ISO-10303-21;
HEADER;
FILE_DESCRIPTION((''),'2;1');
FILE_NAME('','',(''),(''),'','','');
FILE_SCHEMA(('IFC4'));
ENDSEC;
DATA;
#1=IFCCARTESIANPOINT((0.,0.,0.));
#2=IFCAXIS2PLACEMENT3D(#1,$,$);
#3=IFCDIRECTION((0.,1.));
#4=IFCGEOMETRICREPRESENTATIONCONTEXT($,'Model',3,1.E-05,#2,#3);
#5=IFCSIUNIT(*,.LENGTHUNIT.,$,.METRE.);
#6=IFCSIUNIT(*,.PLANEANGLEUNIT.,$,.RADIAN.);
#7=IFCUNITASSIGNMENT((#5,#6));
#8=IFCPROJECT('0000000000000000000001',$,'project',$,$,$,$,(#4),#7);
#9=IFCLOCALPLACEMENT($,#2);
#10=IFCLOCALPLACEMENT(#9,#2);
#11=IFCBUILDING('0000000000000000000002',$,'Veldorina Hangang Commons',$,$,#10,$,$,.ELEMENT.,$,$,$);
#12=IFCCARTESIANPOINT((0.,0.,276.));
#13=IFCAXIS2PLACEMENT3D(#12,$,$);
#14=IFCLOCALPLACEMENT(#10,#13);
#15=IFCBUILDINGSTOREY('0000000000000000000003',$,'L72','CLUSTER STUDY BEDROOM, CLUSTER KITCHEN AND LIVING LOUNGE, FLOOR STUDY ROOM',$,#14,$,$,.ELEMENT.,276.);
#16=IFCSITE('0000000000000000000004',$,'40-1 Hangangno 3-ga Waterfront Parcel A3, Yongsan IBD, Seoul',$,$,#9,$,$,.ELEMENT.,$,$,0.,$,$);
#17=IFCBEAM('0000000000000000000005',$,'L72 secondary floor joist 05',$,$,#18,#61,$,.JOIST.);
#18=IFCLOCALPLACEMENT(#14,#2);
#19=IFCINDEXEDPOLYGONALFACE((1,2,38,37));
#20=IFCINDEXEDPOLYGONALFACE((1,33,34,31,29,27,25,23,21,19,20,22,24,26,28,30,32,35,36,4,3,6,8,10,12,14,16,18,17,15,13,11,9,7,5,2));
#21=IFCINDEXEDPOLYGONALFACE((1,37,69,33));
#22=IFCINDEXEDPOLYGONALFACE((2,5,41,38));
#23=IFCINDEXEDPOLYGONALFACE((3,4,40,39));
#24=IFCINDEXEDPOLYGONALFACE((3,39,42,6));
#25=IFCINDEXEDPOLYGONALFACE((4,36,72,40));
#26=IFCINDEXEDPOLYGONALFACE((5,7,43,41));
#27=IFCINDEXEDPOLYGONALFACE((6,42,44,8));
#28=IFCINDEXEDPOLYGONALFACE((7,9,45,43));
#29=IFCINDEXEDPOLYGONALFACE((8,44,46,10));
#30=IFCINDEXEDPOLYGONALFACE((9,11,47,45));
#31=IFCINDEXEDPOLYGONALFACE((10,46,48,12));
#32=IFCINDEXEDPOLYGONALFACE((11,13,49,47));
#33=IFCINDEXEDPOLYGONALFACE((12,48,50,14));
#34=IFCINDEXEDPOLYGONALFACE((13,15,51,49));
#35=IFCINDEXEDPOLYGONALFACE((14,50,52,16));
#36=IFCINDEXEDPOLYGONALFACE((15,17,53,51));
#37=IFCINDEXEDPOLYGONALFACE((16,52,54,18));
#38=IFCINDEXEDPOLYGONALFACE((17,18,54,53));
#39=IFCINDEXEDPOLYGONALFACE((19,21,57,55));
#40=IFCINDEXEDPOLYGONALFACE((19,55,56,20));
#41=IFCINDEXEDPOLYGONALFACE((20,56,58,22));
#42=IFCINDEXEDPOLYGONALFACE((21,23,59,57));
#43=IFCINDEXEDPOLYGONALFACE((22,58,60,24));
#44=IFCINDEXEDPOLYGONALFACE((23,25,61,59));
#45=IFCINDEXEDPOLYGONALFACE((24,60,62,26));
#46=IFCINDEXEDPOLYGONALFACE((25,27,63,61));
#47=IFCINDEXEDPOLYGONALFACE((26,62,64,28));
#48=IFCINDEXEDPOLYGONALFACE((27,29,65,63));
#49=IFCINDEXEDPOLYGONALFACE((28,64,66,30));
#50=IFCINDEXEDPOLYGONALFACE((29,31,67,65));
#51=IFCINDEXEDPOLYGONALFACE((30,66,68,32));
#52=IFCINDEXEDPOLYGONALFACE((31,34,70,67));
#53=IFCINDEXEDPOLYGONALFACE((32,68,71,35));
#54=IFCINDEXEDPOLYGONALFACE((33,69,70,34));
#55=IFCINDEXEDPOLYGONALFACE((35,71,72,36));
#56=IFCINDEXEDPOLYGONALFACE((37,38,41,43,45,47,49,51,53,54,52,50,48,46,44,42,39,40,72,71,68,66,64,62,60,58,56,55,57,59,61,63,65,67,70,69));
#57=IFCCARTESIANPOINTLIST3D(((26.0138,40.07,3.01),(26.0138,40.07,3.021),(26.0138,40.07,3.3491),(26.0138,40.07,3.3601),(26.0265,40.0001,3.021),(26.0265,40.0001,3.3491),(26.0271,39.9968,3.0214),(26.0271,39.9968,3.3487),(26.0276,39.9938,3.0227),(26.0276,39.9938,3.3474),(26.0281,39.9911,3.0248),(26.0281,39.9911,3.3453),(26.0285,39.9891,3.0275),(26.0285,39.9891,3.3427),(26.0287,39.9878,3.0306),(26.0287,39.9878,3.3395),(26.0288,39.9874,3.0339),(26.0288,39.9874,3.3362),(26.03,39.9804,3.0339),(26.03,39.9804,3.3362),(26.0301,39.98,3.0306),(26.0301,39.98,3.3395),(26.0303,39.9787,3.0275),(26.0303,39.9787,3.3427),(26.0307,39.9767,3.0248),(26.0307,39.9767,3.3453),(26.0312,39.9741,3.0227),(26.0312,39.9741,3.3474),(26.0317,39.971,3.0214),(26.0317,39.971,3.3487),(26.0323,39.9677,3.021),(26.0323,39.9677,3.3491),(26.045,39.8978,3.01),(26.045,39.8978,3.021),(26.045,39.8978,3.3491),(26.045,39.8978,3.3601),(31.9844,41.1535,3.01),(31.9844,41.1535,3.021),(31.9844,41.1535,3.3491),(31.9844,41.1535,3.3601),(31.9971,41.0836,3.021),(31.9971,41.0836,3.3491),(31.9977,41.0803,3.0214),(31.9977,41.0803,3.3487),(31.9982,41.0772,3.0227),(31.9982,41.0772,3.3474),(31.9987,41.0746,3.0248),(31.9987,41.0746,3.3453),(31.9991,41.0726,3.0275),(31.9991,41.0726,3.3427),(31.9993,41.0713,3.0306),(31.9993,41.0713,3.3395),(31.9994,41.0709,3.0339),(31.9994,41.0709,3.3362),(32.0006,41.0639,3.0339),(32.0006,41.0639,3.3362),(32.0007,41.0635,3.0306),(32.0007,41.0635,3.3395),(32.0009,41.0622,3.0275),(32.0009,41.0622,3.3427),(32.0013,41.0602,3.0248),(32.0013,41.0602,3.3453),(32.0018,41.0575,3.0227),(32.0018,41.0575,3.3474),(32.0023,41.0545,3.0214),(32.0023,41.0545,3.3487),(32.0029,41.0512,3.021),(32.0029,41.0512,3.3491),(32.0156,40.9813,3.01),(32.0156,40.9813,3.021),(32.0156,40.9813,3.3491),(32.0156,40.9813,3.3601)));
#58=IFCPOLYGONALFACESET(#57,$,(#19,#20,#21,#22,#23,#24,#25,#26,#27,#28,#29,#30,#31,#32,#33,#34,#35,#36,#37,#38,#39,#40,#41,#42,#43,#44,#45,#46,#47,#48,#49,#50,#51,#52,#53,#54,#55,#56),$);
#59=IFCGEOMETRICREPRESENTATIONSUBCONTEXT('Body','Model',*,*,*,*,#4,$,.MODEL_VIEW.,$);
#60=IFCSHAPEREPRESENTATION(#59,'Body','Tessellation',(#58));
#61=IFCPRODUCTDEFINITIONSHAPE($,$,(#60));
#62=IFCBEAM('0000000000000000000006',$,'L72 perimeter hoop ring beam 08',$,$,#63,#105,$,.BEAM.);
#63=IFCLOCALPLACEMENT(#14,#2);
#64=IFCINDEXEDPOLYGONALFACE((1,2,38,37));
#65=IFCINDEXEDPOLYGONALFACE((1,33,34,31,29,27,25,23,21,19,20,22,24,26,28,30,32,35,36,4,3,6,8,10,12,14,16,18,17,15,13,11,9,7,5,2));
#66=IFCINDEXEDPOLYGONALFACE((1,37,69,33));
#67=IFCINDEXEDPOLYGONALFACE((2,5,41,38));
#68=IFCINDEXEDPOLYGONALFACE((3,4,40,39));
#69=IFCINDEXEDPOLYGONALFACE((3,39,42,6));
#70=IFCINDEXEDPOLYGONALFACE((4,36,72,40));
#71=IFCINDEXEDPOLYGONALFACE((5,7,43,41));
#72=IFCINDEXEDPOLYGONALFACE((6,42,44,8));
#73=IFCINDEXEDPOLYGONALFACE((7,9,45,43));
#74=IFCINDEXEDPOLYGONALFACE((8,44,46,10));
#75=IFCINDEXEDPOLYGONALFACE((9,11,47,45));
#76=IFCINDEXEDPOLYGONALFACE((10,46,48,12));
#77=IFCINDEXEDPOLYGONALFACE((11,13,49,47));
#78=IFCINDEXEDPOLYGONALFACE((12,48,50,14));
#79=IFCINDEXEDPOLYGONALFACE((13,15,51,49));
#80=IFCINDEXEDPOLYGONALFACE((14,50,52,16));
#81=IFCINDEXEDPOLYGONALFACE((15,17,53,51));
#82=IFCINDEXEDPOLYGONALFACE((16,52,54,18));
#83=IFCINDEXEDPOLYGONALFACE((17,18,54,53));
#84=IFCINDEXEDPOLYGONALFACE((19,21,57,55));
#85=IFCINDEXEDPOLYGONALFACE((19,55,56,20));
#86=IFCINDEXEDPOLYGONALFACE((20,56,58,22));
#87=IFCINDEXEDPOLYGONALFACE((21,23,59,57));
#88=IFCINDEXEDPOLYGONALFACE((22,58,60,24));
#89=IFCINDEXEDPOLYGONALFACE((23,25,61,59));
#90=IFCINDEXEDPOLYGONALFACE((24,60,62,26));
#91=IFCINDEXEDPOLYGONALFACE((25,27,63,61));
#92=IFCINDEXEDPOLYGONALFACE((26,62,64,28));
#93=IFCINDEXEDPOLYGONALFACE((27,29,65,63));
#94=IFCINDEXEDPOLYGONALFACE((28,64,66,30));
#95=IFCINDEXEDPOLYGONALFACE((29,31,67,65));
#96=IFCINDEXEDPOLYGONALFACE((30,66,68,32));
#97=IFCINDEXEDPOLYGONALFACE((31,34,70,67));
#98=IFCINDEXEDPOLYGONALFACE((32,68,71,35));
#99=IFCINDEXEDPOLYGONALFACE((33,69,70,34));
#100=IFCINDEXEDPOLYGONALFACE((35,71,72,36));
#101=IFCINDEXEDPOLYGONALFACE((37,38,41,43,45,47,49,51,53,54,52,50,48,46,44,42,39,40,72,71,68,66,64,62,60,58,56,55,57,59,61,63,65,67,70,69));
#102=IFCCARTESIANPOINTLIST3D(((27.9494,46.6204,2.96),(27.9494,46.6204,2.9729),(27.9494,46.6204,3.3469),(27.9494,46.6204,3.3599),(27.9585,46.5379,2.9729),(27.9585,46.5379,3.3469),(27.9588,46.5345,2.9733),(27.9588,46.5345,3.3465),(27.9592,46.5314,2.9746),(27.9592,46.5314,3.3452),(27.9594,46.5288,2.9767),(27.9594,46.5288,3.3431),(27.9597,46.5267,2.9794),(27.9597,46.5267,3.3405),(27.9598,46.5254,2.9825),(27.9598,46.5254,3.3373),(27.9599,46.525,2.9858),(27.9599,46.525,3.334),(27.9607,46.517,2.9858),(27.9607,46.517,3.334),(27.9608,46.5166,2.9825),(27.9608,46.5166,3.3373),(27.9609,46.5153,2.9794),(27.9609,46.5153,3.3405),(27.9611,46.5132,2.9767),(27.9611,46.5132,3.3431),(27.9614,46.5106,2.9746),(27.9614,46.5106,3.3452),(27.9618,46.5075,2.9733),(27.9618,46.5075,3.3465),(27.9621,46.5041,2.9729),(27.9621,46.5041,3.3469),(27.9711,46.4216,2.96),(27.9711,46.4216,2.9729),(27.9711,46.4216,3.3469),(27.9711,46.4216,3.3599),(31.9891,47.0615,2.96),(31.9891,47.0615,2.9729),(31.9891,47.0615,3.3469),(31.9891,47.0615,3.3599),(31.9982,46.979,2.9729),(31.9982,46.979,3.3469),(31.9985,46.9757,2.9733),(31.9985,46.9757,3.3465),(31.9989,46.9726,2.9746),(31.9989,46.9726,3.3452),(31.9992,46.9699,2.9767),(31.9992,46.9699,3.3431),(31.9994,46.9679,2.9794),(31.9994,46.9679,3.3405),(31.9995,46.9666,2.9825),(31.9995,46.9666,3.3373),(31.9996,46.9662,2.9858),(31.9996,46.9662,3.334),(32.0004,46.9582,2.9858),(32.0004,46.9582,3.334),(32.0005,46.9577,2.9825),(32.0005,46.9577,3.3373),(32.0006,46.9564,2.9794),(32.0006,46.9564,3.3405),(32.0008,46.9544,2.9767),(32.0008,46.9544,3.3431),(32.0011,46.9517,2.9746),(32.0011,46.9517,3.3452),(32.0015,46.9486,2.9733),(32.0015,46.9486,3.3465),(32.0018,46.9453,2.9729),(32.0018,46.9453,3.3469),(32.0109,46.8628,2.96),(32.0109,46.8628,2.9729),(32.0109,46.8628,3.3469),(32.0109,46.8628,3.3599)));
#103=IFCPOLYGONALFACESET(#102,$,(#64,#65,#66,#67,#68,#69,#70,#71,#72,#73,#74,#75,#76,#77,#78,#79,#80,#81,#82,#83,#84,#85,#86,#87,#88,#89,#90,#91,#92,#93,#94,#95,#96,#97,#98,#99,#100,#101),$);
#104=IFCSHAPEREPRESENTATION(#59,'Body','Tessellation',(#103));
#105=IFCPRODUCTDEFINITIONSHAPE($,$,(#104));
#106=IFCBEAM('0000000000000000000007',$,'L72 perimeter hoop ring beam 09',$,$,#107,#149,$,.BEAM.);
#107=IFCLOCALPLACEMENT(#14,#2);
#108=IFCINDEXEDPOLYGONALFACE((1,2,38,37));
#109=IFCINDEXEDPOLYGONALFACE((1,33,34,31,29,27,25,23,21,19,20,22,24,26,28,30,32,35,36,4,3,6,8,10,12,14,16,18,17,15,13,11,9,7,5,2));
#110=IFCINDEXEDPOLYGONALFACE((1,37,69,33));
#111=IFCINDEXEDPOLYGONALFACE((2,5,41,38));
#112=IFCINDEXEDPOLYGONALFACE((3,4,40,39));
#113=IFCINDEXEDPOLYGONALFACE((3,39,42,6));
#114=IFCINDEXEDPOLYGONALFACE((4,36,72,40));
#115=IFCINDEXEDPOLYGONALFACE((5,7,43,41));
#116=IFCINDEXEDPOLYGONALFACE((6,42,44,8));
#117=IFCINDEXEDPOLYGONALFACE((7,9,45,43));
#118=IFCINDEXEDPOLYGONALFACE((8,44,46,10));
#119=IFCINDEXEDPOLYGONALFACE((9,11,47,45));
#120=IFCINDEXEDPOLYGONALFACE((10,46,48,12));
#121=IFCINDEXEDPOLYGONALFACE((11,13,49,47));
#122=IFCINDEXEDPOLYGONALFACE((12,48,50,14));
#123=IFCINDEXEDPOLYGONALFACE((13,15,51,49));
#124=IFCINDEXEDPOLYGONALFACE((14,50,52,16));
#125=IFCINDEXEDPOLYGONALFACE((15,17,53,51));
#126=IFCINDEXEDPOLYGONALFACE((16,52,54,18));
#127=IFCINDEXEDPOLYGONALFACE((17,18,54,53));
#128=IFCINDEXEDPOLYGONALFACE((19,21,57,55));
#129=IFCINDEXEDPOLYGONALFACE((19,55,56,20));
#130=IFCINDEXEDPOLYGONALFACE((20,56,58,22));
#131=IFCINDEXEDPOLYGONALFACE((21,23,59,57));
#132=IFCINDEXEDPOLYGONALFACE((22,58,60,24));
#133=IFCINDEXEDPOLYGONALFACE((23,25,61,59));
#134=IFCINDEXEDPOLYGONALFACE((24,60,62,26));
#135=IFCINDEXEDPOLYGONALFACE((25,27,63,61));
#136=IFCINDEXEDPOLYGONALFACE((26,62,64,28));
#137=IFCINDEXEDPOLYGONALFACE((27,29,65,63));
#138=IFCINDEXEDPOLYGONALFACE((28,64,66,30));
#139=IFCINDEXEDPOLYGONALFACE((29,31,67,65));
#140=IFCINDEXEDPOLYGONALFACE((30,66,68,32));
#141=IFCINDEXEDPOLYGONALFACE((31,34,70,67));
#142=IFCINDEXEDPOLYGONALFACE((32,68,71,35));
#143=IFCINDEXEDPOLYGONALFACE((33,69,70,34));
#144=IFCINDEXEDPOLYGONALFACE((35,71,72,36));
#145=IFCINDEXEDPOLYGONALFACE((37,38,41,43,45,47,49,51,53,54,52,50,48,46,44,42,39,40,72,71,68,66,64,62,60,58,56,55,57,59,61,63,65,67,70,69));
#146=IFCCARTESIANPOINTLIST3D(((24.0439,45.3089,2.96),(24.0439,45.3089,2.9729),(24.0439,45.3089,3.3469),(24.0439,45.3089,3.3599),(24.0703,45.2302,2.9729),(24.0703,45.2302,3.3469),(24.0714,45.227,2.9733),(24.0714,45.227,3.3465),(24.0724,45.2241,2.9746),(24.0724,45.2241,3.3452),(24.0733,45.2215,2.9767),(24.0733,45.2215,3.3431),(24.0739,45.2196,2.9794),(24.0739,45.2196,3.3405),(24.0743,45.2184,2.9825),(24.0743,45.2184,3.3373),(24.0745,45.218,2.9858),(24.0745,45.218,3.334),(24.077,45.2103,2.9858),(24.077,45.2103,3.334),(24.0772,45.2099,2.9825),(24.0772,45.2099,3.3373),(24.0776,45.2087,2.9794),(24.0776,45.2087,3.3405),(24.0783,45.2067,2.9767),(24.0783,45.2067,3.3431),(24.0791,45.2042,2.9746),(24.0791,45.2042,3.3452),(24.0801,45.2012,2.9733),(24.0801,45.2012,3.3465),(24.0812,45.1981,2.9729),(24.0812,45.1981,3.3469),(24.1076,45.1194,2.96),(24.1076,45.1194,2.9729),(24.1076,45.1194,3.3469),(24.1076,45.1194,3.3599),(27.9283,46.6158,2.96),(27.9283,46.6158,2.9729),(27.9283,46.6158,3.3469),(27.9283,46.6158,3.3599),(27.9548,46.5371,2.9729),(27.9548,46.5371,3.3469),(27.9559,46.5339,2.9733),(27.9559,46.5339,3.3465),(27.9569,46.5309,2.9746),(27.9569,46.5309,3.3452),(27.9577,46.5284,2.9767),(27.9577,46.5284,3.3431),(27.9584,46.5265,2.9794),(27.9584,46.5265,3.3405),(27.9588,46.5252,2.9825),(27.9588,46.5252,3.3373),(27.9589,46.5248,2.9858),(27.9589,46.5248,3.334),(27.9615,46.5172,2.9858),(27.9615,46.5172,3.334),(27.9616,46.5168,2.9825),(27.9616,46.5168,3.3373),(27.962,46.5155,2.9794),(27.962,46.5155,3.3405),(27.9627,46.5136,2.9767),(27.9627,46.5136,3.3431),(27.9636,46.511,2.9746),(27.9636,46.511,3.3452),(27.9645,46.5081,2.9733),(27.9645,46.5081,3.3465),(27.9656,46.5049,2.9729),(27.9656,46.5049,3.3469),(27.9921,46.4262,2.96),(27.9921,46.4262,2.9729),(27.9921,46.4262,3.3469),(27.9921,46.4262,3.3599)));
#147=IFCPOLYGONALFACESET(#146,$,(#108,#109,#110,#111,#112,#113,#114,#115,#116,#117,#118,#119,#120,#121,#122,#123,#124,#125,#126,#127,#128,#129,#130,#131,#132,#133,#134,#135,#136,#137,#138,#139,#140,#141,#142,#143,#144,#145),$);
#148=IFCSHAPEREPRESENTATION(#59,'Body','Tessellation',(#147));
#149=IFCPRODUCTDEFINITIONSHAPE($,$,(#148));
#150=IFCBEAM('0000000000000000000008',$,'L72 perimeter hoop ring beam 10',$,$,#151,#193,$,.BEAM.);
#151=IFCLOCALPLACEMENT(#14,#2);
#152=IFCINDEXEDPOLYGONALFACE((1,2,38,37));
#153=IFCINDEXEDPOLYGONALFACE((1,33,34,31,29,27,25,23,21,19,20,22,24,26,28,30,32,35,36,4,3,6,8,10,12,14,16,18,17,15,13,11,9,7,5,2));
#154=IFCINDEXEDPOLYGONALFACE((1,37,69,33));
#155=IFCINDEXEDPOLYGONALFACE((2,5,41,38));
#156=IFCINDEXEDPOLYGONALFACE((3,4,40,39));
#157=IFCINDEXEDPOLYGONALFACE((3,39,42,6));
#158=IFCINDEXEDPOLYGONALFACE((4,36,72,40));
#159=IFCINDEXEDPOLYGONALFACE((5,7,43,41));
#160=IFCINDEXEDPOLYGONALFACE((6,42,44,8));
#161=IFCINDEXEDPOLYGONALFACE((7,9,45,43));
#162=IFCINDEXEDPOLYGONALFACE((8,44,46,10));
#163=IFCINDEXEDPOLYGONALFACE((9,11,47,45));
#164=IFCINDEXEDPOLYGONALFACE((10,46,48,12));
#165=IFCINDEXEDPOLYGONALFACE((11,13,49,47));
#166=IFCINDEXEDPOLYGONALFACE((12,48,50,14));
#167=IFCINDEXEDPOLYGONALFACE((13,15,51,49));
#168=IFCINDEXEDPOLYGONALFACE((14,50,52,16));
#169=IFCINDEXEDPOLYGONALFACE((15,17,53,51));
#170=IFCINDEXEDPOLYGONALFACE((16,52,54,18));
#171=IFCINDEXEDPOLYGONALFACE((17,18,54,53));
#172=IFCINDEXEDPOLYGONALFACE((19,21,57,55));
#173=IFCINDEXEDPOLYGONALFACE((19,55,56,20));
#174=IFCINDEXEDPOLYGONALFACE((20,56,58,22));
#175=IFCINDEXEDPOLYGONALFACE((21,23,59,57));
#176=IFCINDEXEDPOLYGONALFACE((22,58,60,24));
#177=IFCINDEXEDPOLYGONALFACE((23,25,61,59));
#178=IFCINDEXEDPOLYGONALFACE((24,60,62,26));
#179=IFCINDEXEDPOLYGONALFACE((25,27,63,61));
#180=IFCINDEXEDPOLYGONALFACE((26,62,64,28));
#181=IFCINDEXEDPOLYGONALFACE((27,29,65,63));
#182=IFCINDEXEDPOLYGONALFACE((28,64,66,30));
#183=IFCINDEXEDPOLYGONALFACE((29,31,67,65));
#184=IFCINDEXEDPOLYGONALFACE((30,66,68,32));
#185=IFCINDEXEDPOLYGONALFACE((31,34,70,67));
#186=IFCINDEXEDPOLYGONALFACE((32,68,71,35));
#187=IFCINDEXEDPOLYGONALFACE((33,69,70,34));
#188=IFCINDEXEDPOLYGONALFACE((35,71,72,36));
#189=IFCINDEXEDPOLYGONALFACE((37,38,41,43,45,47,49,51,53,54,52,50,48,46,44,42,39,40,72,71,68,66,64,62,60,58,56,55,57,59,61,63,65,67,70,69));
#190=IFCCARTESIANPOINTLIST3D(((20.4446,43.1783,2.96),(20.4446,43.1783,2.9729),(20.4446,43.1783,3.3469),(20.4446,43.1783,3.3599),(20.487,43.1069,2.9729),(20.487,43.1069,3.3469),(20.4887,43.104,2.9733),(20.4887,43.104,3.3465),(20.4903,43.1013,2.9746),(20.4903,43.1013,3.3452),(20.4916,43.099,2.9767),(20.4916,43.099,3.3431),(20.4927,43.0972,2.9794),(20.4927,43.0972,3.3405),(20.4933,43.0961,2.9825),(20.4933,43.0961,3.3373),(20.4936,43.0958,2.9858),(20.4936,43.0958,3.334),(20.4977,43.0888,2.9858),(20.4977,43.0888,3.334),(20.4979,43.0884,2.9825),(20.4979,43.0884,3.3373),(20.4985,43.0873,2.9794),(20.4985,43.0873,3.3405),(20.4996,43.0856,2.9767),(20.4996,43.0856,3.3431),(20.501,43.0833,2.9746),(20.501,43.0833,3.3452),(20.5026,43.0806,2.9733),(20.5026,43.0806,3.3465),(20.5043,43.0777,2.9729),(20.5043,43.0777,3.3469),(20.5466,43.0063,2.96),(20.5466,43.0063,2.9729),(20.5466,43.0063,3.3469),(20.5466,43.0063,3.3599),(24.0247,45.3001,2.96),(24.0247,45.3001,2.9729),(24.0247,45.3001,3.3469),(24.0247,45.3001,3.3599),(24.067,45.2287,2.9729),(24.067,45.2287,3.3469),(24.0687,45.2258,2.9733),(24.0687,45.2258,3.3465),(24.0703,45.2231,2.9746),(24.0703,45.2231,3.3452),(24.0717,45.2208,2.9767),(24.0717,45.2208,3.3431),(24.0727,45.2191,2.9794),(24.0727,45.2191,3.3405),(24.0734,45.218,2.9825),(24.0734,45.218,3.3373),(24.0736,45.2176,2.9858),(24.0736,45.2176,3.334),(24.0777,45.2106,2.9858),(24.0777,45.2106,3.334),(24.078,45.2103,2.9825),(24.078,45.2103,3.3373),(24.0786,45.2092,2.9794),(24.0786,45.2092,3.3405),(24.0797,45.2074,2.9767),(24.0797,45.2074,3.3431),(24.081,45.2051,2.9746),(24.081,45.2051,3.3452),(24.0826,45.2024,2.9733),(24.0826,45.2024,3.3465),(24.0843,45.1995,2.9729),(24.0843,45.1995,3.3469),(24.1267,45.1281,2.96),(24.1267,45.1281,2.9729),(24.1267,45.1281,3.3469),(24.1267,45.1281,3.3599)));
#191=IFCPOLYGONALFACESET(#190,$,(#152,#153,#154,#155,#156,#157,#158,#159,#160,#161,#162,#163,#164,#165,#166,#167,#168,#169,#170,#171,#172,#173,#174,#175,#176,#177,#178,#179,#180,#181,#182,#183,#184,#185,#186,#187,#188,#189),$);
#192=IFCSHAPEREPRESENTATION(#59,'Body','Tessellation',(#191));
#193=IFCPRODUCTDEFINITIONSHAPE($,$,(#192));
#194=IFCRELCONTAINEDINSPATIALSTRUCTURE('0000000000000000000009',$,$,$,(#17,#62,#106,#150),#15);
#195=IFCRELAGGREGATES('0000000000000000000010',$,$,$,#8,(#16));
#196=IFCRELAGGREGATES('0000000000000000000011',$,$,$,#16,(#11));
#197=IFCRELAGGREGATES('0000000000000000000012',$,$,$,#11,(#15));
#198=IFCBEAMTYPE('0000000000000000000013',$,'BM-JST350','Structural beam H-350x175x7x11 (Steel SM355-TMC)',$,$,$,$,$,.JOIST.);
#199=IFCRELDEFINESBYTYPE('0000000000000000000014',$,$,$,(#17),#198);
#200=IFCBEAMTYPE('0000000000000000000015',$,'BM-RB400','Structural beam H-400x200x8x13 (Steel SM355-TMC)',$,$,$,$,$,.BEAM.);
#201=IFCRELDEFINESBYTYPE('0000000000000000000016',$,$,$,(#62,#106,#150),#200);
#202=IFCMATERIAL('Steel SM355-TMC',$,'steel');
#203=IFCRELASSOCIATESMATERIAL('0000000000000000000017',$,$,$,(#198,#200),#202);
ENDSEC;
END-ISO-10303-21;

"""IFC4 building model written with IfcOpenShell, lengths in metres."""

from ifc_helpers import new_model, si_unit, direction, frame, origin, origin_2d, place, context, subcontext, project, spatial, i_section, extrude, material, material_profile, profile_set, type_object, element, save


model = new_model("IFC4")

# Units and contexts
model_context = context("Model", 3, precision=1e-05, world=origin(), true_north=direction((0.0, 1.0)))
body_context = subcontext(model_context, "Body", "Model", "MODEL_VIEW")
ifc_project = project(units=[si_unit("LENGTHUNIT", "METRE"), si_unit("PLANEANGLEUNIT", "RADIAN")], contexts=[model_context])

# Site, building, storey
site_placement = place(None, origin())
site = spatial("IfcSite", under=ifc_project, at=site_placement, Name="40-1 Hangangno 3-ga Waterfront Parcel A3, Yongsan IBD, Seoul", CompositionType="ELEMENT", RefElevation=0.0)
building_placement = place(site_placement, origin())
building = spatial("IfcBuilding", under=site, at=building_placement, Name="Veldorina Hangang Commons", CompositionType="ELEMENT")
storey_placement = place(building_placement, frame((0.0, 0.0, 276.0)))
storey = spatial("IfcBuildingStorey", under=building, at=storey_placement, Name="L72", Description="CLUSTER STUDY BEDROOM, CLUSTER KITCHEN AND LIVING LOUNGE, FLOOR STUDY ROOM", CompositionType="ELEMENT", Elevation=276.0)

# Beams
ifc_material_1 = material(Name="Steel SM355-TMC", Category="steel")
ifc_material_profile_1 = material_profile(ifc_material_1, i_section(OverallWidth=0.175, OverallDepth=0.3501, WebThickness=0.0071, FlangeThickness=0.011, FilletRadius=0.0129, at=origin_2d()), Name="H-350x175x7x11")
ifc_profile_set_1 = profile_set([ifc_material_profile_1], Name="Steel SM355-TMC")
beam_type_1 = type_object("IfcBeamType", Name="BM-JST350", Description="Structural beam H-350x175x7x11 (Steel SM355-TMC)", PredefinedType="JOIST", material=ifc_profile_set_1)
beam_1_placement = place(storey_placement, frame((32.0, 41.0674, 3.1851), z_axis=(-0.98393, -0.178553, 0.0), x_axis=(0.178553, -0.98393, 0.0)))
element("IfcBeam", 1, at=beam_1_placement, inside=storey, type_object=beam_type_1, Name="L72 secondary floor joist 05", PredefinedType="JOIST", context=body_context, shape_type="SweptSolid", body=[
    extrude(i_section(OverallWidth=0.175, OverallDepth=0.3501, WebThickness=0.0071, FlangeThickness=0.011, FilletRadius=0.0129, at=origin_2d()), origin(), (0.0, 0.0, 1.0), 6.0681),
])
ifc_material_profile_2 = material_profile(ifc_material_1, i_section(OverallWidth=0.2, OverallDepth=0.3999, WebThickness=0.0081, FlangeThickness=0.0129, FilletRadius=0.0129, at=origin_2d()), Name="H-400x200x8x13")
ifc_profile_set_2 = profile_set([ifc_material_profile_2], Name="Steel SM355-TMC")
beam_type_2 = type_object("IfcBeamType", Name="BM-RB400", Description="Structural beam H-400x200x8x13 (Steel SM355-TMC)", PredefinedType="BEAM", material=ifc_profile_set_2)
beam_2_placement = place(storey_placement, frame((32.0, 46.9622, 3.1599), z_axis=(-0.99409, -0.108559, 0.0), x_axis=(0.108559, -0.99409, 0.0)))
element("IfcBeam", 2, at=beam_2_placement, inside=storey, type_object=beam_type_2, Name="L72 perimeter hoop ring beam 08", PredefinedType="BEAM", context=body_context, shape_type="SweptSolid", body=[
    extrude(i_section(OverallWidth=0.2, OverallDepth=0.3999, WebThickness=0.0081, FlangeThickness=0.0129, FilletRadius=0.0129, at=origin_2d()), origin(), (0.0, 0.0, 1.0), 4.0637),
])
beam_3_placement = place(storey_placement, frame((27.9602, 46.521, 3.1599), z_axis=(-0.947798, -0.318871, 0.0), x_axis=(0.318871, -0.947798, 0.0)))
element("IfcBeam", 3, at=beam_3_placement, inside=storey, type_object=beam_type_2, Name="L72 perimeter hoop ring beam 09", PredefinedType="BEAM", context=body_context, shape_type="SweptSolid", body=[
    extrude(i_section(OverallWidth=0.2, OverallDepth=0.3999, WebThickness=0.0081, FlangeThickness=0.0129, FilletRadius=0.0129, at=origin_2d()), origin(), (0.0, 0.0, 1.0), 4.0984),
])
beam_4_placement = place(storey_placement, frame((24.0757, 45.2141, 3.1599), z_axis=(-0.86026, -0.509855, 0.0), x_axis=(0.509855, -0.86026, 0.0)))
element("IfcBeam", 4, at=beam_4_placement, inside=storey, type_object=beam_type_2, Name="L72 perimeter hoop ring beam 10", PredefinedType="BEAM", context=body_context, shape_type="SweptSolid", body=[
    extrude(i_section(OverallWidth=0.2, OverallDepth=0.3999, WebThickness=0.0081, FlangeThickness=0.0129, FilletRadius=0.0129, at=origin_2d()), origin(), (0.0, 0.0, 1.0), 4.1616),
])

save(model, "model.ifc")
